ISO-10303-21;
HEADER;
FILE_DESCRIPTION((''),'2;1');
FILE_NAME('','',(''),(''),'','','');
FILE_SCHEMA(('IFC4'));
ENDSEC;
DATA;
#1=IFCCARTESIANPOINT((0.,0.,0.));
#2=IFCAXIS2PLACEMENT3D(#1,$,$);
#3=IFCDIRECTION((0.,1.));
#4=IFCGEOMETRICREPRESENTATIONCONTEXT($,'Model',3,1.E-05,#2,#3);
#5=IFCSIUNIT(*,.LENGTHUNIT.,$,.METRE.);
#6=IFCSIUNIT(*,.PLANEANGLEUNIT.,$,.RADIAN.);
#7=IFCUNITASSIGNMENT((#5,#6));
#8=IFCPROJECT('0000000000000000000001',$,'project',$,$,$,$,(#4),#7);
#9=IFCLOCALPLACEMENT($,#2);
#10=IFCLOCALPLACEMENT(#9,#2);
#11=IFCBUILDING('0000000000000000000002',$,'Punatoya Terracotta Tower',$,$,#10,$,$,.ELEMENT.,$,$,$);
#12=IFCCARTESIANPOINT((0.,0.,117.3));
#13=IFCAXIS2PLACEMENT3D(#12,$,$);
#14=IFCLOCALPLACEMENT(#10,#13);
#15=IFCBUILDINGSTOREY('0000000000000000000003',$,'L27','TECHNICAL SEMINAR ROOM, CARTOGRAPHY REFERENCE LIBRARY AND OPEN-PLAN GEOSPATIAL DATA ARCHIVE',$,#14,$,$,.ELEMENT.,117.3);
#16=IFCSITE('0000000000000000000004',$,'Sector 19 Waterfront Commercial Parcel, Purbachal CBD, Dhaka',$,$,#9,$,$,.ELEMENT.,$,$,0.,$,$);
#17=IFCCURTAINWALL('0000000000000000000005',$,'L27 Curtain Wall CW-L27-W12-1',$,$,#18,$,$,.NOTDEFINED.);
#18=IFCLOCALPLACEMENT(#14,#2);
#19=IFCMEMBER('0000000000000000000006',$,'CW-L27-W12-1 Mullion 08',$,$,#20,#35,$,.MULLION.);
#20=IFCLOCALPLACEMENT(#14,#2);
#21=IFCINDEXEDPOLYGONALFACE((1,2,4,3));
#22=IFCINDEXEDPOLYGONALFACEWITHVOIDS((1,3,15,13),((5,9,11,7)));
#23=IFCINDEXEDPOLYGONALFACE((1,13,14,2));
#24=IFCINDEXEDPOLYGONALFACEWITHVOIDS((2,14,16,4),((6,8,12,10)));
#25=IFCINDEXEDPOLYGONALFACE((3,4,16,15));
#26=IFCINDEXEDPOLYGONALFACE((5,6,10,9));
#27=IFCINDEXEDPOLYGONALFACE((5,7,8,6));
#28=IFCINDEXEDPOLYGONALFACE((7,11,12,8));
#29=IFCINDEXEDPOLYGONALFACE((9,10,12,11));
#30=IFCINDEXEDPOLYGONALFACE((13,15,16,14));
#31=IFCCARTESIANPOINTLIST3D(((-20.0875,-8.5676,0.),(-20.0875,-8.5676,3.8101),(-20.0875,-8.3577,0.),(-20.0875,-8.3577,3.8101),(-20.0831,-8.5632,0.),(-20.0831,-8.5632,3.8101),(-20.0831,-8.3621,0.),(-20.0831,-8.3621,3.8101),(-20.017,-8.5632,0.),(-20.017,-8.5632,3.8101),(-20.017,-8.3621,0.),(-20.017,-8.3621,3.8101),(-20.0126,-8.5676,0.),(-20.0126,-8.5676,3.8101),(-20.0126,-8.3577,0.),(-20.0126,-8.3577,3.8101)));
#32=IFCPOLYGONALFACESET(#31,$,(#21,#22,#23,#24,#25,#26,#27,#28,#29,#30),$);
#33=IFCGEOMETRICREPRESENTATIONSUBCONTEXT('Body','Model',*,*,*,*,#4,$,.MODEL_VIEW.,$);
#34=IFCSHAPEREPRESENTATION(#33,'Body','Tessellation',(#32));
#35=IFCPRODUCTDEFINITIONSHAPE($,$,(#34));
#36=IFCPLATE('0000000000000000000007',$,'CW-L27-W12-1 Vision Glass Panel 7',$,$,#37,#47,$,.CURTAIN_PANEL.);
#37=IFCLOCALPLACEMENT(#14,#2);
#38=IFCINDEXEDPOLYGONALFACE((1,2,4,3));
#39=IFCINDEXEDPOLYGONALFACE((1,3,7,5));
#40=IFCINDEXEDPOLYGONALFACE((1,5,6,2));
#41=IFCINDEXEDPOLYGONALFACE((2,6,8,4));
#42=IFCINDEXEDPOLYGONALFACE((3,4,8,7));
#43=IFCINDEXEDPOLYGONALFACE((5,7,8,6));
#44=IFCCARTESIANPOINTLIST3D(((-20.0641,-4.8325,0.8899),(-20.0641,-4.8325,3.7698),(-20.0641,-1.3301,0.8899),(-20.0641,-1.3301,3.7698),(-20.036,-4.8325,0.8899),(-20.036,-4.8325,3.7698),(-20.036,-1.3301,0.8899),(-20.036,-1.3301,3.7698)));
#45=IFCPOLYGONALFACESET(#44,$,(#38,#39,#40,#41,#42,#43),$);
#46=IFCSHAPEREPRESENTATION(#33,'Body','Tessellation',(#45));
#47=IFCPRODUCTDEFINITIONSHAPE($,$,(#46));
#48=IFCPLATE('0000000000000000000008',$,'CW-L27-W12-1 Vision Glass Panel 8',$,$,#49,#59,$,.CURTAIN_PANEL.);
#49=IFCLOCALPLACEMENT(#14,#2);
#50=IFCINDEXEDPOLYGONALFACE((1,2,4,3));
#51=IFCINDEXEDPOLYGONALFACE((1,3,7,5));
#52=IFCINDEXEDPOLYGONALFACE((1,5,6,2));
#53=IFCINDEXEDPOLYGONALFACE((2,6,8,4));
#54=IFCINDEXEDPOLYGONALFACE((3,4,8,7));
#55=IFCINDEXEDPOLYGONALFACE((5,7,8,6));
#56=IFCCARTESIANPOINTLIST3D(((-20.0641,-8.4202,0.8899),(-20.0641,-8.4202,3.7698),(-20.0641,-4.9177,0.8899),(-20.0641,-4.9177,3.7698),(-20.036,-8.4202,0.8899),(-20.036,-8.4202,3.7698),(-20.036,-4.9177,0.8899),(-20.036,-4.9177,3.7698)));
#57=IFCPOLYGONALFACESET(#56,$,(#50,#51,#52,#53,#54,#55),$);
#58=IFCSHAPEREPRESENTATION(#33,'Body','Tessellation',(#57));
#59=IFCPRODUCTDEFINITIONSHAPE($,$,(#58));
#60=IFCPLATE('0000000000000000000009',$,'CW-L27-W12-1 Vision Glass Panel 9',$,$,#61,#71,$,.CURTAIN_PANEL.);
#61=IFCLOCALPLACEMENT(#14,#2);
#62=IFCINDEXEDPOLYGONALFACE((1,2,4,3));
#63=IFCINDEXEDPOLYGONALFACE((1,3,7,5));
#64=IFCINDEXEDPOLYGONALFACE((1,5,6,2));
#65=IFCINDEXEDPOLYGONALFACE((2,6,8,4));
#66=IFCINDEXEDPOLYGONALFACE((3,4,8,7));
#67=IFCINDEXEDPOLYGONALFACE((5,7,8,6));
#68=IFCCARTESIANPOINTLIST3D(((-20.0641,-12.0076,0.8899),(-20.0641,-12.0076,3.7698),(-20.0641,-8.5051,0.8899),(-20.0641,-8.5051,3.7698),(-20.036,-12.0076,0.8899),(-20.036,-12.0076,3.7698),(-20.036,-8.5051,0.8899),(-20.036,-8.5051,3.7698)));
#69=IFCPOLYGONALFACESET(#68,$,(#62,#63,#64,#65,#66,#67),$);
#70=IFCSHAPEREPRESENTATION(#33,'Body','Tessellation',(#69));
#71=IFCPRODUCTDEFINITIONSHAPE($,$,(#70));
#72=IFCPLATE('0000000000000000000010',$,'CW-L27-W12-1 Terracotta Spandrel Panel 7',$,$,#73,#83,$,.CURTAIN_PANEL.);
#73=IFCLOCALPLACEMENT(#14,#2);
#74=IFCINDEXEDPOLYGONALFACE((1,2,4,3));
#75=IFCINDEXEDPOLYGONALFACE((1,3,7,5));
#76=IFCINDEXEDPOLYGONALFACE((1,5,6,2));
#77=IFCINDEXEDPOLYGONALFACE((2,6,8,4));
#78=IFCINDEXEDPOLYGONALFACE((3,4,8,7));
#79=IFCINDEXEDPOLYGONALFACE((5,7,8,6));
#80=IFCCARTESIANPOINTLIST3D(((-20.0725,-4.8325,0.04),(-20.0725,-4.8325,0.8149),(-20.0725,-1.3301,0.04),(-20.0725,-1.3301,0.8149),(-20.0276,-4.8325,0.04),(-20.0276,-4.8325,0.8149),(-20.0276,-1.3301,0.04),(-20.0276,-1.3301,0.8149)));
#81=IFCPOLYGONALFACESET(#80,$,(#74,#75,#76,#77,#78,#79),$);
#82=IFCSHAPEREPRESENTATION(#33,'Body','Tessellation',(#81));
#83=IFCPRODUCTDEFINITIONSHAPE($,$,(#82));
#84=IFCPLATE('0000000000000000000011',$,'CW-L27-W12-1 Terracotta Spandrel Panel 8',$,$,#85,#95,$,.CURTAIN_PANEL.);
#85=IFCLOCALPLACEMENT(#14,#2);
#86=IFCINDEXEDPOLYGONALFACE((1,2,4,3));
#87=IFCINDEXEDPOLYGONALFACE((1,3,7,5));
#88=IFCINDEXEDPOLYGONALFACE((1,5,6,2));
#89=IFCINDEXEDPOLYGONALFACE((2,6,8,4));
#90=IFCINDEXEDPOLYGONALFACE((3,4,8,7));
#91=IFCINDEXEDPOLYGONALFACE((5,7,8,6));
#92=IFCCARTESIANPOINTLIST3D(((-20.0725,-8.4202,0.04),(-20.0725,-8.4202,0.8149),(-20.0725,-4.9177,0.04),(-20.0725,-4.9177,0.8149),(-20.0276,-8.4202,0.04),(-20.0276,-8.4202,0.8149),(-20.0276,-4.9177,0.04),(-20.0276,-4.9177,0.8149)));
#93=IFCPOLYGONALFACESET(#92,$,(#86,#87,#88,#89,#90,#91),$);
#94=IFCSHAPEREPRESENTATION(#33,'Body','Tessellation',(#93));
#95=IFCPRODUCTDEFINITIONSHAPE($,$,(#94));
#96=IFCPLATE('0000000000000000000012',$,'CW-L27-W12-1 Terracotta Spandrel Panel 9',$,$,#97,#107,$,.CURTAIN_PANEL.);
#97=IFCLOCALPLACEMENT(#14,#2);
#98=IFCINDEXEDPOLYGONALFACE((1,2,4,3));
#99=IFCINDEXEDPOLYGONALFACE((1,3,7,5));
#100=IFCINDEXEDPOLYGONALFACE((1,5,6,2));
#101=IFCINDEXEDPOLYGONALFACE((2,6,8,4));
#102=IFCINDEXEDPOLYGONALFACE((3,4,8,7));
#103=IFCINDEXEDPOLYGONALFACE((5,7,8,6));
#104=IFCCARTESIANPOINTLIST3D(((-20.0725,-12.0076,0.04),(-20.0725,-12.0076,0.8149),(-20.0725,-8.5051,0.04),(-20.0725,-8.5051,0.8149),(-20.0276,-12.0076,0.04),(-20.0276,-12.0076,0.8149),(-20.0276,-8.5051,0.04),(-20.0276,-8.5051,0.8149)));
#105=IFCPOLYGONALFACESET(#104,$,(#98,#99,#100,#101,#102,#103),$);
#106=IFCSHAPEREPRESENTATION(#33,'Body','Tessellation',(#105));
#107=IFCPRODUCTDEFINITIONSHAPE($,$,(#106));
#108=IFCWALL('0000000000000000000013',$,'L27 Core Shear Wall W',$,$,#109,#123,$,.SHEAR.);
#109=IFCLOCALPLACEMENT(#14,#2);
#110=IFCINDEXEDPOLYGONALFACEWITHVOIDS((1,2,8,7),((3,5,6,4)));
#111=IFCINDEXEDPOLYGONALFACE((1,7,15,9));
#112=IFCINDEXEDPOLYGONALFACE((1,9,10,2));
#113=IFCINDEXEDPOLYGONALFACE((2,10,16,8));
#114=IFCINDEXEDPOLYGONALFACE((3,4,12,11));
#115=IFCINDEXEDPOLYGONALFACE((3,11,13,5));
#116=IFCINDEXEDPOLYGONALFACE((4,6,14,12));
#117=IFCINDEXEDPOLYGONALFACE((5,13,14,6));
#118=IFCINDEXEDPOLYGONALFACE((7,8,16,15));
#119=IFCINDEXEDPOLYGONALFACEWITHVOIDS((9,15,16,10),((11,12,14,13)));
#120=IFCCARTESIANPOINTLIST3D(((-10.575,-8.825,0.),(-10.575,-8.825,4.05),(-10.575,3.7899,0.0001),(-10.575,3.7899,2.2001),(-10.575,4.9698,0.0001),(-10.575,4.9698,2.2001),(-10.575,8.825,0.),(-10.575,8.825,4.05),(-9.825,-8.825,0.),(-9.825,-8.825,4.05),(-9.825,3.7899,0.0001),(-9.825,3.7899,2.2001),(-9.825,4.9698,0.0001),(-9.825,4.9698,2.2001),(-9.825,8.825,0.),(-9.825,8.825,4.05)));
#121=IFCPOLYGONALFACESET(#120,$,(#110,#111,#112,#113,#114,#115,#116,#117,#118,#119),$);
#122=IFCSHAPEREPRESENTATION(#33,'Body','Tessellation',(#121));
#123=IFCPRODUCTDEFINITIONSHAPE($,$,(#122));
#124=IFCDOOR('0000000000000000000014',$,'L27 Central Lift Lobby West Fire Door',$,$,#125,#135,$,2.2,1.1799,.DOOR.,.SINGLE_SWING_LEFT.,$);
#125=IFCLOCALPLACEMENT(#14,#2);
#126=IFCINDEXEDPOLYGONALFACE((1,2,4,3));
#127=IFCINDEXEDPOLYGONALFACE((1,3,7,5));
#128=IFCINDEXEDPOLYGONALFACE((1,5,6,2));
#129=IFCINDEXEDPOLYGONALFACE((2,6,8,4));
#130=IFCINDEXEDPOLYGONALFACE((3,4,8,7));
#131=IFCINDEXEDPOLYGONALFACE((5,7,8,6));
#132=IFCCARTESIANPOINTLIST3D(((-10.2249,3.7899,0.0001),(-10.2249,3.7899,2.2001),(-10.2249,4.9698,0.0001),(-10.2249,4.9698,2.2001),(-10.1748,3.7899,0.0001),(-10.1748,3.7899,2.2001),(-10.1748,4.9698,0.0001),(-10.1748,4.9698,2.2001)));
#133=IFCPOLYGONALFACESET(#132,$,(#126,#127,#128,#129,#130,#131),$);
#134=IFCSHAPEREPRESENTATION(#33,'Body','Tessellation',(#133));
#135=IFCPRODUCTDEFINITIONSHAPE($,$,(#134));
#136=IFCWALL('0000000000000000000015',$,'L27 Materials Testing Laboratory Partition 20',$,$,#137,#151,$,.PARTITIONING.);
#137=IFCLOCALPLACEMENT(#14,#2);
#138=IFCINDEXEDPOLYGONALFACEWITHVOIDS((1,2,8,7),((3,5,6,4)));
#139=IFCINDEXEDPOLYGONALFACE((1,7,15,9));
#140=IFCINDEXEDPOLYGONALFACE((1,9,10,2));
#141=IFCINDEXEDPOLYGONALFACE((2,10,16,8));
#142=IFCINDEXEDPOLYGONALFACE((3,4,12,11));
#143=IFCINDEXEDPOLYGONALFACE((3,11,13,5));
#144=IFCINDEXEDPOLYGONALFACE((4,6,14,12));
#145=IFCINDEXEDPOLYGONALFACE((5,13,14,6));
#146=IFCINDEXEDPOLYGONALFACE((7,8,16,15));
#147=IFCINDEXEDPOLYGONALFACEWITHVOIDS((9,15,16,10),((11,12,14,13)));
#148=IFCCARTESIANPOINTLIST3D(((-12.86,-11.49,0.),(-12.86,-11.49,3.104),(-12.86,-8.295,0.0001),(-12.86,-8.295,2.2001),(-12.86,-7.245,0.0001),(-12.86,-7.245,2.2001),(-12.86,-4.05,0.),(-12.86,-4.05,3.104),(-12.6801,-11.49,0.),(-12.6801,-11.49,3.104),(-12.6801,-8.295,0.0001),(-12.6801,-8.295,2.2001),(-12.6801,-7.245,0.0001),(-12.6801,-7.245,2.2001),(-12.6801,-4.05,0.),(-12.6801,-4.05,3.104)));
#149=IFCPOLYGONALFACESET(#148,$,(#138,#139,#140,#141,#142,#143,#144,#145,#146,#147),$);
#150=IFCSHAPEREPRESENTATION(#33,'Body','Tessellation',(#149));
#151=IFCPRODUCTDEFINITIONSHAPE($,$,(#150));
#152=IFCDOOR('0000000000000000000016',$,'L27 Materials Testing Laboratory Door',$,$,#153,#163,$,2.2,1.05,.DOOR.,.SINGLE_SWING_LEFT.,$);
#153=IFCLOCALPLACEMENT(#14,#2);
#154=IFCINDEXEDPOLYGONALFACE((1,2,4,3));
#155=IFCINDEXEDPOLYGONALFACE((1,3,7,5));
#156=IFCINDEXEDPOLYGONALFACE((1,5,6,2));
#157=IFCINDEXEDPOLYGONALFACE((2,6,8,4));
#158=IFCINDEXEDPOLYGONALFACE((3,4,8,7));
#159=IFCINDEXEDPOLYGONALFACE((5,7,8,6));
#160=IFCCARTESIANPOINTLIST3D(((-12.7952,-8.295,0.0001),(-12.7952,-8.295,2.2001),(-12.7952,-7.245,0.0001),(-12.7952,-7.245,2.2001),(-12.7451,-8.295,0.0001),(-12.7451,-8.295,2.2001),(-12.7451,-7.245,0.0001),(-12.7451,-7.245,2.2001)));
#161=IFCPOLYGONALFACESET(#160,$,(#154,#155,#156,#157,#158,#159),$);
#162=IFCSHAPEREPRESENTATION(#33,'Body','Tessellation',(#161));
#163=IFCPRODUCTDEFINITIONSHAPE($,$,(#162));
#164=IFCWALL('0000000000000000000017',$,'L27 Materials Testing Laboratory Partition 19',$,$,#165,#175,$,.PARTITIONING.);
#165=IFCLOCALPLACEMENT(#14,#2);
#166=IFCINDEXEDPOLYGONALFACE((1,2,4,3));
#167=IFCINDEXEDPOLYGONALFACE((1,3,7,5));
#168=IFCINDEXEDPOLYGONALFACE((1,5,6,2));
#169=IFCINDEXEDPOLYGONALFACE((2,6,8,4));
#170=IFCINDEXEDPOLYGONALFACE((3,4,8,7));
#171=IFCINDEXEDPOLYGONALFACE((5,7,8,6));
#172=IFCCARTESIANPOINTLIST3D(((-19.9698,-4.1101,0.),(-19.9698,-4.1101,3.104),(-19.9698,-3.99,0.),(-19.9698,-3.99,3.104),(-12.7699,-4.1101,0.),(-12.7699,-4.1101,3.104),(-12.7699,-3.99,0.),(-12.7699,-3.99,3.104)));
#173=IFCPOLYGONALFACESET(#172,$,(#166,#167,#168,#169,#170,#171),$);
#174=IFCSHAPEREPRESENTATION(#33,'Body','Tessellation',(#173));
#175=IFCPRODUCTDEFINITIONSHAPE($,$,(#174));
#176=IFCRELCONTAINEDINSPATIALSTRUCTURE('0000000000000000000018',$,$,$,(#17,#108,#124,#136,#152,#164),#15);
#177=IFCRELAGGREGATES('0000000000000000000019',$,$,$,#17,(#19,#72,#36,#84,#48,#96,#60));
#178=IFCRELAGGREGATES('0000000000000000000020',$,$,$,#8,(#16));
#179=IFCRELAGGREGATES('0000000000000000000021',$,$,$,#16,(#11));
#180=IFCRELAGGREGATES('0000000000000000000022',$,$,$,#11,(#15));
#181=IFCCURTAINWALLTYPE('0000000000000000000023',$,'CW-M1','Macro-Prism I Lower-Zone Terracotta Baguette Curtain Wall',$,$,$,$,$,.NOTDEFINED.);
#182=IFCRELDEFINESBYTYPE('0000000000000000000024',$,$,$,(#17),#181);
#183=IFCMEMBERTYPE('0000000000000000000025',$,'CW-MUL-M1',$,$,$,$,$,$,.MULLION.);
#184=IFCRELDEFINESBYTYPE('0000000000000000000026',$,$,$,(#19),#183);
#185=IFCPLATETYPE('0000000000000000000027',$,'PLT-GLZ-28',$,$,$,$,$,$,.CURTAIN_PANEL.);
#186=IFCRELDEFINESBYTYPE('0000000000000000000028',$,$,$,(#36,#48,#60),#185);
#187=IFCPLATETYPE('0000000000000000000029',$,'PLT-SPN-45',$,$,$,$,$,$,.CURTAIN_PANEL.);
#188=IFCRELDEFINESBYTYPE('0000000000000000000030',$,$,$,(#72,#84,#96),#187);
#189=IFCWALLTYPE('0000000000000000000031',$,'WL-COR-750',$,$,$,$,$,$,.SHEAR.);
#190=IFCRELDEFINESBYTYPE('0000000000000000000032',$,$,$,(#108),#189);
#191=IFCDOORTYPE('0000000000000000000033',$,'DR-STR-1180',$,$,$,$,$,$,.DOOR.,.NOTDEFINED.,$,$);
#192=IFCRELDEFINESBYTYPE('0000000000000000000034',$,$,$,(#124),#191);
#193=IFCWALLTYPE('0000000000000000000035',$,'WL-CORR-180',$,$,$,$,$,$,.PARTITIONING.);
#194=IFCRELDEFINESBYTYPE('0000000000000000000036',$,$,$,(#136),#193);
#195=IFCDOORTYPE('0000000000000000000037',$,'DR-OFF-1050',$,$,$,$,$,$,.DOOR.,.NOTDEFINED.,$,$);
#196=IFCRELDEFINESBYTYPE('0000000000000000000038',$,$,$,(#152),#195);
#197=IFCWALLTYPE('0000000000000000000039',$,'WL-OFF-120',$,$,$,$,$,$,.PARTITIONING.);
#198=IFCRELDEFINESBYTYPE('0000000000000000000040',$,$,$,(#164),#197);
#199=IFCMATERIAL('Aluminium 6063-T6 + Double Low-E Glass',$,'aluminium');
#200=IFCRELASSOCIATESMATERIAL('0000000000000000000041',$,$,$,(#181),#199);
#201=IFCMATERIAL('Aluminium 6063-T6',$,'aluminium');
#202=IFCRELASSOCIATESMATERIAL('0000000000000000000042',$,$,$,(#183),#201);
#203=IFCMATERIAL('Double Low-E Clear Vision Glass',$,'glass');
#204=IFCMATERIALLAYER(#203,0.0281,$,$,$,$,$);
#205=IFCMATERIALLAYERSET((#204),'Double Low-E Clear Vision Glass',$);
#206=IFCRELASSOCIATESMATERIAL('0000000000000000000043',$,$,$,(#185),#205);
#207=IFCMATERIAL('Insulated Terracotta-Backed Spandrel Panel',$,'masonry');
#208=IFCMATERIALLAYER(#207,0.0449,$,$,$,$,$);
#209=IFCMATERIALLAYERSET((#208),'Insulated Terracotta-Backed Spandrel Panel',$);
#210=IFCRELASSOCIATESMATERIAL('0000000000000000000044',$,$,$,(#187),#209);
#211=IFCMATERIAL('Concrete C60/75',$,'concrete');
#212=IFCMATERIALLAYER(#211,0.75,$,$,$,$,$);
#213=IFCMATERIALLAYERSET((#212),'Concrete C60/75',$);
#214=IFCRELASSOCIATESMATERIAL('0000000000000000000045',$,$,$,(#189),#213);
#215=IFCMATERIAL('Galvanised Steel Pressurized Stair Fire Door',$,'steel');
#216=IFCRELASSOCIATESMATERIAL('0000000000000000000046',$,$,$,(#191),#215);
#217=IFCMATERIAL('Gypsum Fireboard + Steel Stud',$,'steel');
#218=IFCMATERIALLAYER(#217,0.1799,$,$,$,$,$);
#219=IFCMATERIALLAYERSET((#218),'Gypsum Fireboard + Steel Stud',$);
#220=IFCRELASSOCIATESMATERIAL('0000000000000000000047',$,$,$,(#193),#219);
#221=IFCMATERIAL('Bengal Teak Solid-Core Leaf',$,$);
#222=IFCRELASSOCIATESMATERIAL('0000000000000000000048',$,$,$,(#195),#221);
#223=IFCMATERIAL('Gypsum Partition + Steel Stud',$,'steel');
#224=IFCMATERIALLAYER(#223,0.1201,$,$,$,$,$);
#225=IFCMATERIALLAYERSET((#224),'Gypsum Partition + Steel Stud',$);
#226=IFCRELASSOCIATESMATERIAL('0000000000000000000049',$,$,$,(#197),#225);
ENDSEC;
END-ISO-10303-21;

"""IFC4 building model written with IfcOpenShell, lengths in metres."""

from ifc_helpers import new_model, si_unit, direction, frame, frame_2d, origin, origin_2d, place, context, subcontext, project, spatial, rectangle, hollow_rectangle, extrude, material, layer, layer_set, material_profile, profile_set, type_object, element, fill, aggregate, save


model = new_model("IFC4")

# Units and contexts
model_context = context("Model", 3, precision=1e-05, world=origin(), true_north=direction((0.0, 1.0)))
body_context = subcontext(model_context, "Body", "Model", "MODEL_VIEW")
ifc_project = project(units=[si_unit("LENGTHUNIT", "METRE"), si_unit("PLANEANGLEUNIT", "RADIAN")], contexts=[model_context])

# Site, building, storey
site_placement = place(None, origin())
site = spatial("IfcSite", under=ifc_project, at=site_placement, Name="Sector 19 Waterfront Commercial Parcel, Purbachal CBD, Dhaka", CompositionType="ELEMENT", RefElevation=0.0)
building_placement = place(site_placement, origin())
building = spatial("IfcBuilding", under=site, at=building_placement, Name="Punatoya Terracotta Tower", CompositionType="ELEMENT")
storey_placement = place(building_placement, frame((0.0, 0.0, 117.3)))
storey = spatial("IfcBuildingStorey", under=building, at=storey_placement, Name="L27", Description="TECHNICAL SEMINAR ROOM, CARTOGRAPHY REFERENCE LIBRARY AND OPEN-PLAN GEOSPATIAL DATA ARCHIVE", CompositionType="ELEMENT", Elevation=117.3)

# Curtain wall, member, plates
ifc_material_1 = material(Name="Aluminium 6063-T6 + Double Low-E Glass", Category="aluminium")
curtain_wall_type = type_object("IfcCurtainWallType", Name="CW-M1", Description="Macro-Prism I Lower-Zone Terracotta Baguette Curtain Wall", PredefinedType="NOTDEFINED", material=ifc_material_1)
curtain_wall_placement = place(storey_placement, origin())
curtain_wall = element("IfcCurtainWall", 1, at=curtain_wall_placement, inside=storey, type_object=curtain_wall_type, Name="L27 Curtain Wall CW-L27-W12-1", PredefinedType="NOTDEFINED")
ifc_material_2 = material(Name="Aluminium 6063-T6", Category="aluminium")
ifc_material_profile_1 = material_profile(ifc_material_2, hollow_rectangle(XDim=0.075, YDim=0.21, WallThickness=0.0044, at=origin_2d()))
ifc_profile_set_1 = profile_set([ifc_material_profile_1], Name="Aluminium 6063-T6")
member_type = type_object("IfcMemberType", Name="CW-MUL-M1", PredefinedType="MULLION", material=ifc_profile_set_1)
member_1_placement = place(storey_placement, frame((-20.05, -8.4626, 0.0), z_axis=(0.0, 0.0, 1.0), x_axis=(1.0, 0.0, 0.0)))
member_1 = element("IfcMember", 2, at=member_1_placement, type_object=member_type, Name="CW-L27-W12-1 Mullion 08", PredefinedType="MULLION", context=body_context, shape_type="SweptSolid", body=[
    extrude(hollow_rectangle(XDim=0.075, YDim=0.21, WallThickness=0.0044, at=origin_2d()), origin(), (0.0, 0.0, 1.0), 3.8101),
])
ifc_material_3 = material(Name="Double Low-E Clear Vision Glass", Category="glass")
ifc_layer_1 = layer(ifc_material_3, 0.0281)
ifc_layer_set_1 = layer_set([ifc_layer_1], Name="Double Low-E Clear Vision Glass")
plate_type_1 = type_object("IfcPlateType", Name="PLT-GLZ-28", PredefinedType="CURTAIN_PANEL", material=ifc_layer_set_1)
plate_1_placement = place(storey_placement, frame((-20.05, -3.0813, 0.8899), z_axis=(0.0, 0.0, 1.0), x_axis=(0.0, -1.0, 0.0)))
plate_1 = element("IfcPlate", 3, at=plate_1_placement, type_object=plate_type_1, Name="CW-L27-W12-1 Vision Glass Panel 7", PredefinedType="CURTAIN_PANEL", context=body_context, shape_type="SweptSolid", body=[
    extrude(rectangle(XDim=3.5024, YDim=0.0281, at=origin_2d()), origin(), (0.0, 0.0, 1.0), 2.8799),
])
plate_2_placement = place(storey_placement, frame((-20.05, -6.6689, 0.8899), z_axis=(0.0, 0.0, 1.0), x_axis=(0.0, -1.0, 0.0)))
plate_2 = element("IfcPlate", 4, at=plate_2_placement, type_object=plate_type_1, Name="CW-L27-W12-1 Vision Glass Panel 8", PredefinedType="CURTAIN_PANEL", context=body_context, shape_type="SweptSolid", body=[
    extrude(rectangle(XDim=3.5024, YDim=0.0281, at=origin_2d()), origin(), (0.0, 0.0, 1.0), 2.8799),
])
plate_3_placement = place(storey_placement, frame((-20.05, -10.2563, 0.8899), z_axis=(0.0, 0.0, 1.0), x_axis=(0.0, -1.0, 0.0)))
plate_3 = element("IfcPlate", 5, at=plate_3_placement, type_object=plate_type_1, Name="CW-L27-W12-1 Vision Glass Panel 9", PredefinedType="CURTAIN_PANEL", context=body_context, shape_type="SweptSolid", body=[
    extrude(rectangle(XDim=3.5024, YDim=0.0281, at=origin_2d()), origin(), (0.0, 0.0, 1.0), 2.8799),
])
ifc_material_4 = material(Name="Insulated Terracotta-Backed Spandrel Panel", Category="masonry")
ifc_layer_2 = layer(ifc_material_4, 0.0449)
ifc_layer_set_2 = layer_set([ifc_layer_2], Name="Insulated Terracotta-Backed Spandrel Panel")
plate_type_2 = type_object("IfcPlateType", Name="PLT-SPN-45", PredefinedType="CURTAIN_PANEL", material=ifc_layer_set_2)
plate_4_placement = place(storey_placement, frame((-20.05, -3.0813, 0.04), z_axis=(0.0, 0.0, 1.0), x_axis=(0.0, -1.0, 0.0)))
plate_4 = element("IfcPlate", 6, at=plate_4_placement, type_object=plate_type_2, Name="CW-L27-W12-1 Terracotta Spandrel Panel 7", PredefinedType="CURTAIN_PANEL", context=body_context, shape_type="SweptSolid", body=[
    extrude(rectangle(XDim=3.5024, YDim=0.0449, at=origin_2d()), origin(), (0.0, 0.0, 1.0), 0.7749),
])
plate_5_placement = place(storey_placement, frame((-20.05, -6.6689, 0.04), z_axis=(0.0, 0.0, 1.0), x_axis=(0.0, -1.0, 0.0)))
plate_5 = element("IfcPlate", 7, at=plate_5_placement, type_object=plate_type_2, Name="CW-L27-W12-1 Terracotta Spandrel Panel 8", PredefinedType="CURTAIN_PANEL", context=body_context, shape_type="SweptSolid", body=[
    extrude(rectangle(XDim=3.5024, YDim=0.0449, at=origin_2d()), origin(), (0.0, 0.0, 1.0), 0.7749),
])
plate_6_placement = place(storey_placement, frame((-20.05, -10.2563, 0.04), z_axis=(0.0, 0.0, 1.0), x_axis=(0.0, -1.0, 0.0)))
plate_6 = element("IfcPlate", 8, at=plate_6_placement, type_object=plate_type_2, Name="CW-L27-W12-1 Terracotta Spandrel Panel 9", PredefinedType="CURTAIN_PANEL", context=body_context, shape_type="SweptSolid", body=[
    extrude(rectangle(XDim=3.5024, YDim=0.0449, at=origin_2d()), origin(), (0.0, 0.0, 1.0), 0.7749),
])
aggregate(curtain_wall, [member_1, plate_4, plate_1, plate_5, plate_2, plate_6, plate_3])

# Walls, openings, doors
ifc_material_5 = material(Name="Concrete C60/75", Category="concrete")
ifc_layer_3 = layer(ifc_material_5, 0.75)
ifc_layer_set_3 = layer_set([ifc_layer_3], Name="Concrete C60/75")
wall_type_1 = type_object("IfcWallType", Name="WL-COR-750", PredefinedType="SHEAR", material=ifc_layer_set_3)
wall_1_placement = place(storey_placement, frame((-10.2, -8.825, 0.0), z_axis=(0.0, 0.0, 1.0), x_axis=(0.0, 1.0, 0.0)))
wall_1 = element("IfcWall", 9, at=wall_1_placement, inside=storey, type_object=wall_type_1, Name="L27 Core Shear Wall W", PredefinedType="SHEAR", context=body_context, shape_type="SweptSolid", body=[
    extrude(rectangle(XDim=17.6499, YDim=0.75, at=frame_2d((8.825, 0.0))), origin(), (0.0, 0.0, 1.0), 4.05),
])
opening_1_placement = place(wall_1_placement, frame((12.615, 0.0, 0.0)))
opening_1 = element("IfcOpeningElement", 10, at=opening_1_placement, cuts=wall_1, PredefinedType="OPENING", context=body_context, shape_type="SweptSolid", body=[
    extrude(rectangle(XDim=1.1799, YDim=2.2, at=frame_2d((0.5898, 1.1001))), frame((0.0, 0.385, 0.0), z_axis=(0.0, -1.0, 0.0), x_axis=(1.0, 0.0, 0.0)), (0.0, 0.0, 1.0), 0.77),
])
ifc_material_6 = material(Name="Galvanised Steel Pressurized Stair Fire Door", Category="steel")
door_type_1 = type_object("IfcDoorType", Name="DR-STR-1180", OperationType="NOTDEFINED", PredefinedType="DOOR", material=ifc_material_6)
door_1_placement = place(opening_1_placement, origin())
door_1 = element("IfcDoor", 11, at=door_1_placement, inside=storey, type_object=door_type_1, Name="L27 Central Lift Lobby West Fire Door", OperationType="SINGLE_SWING_LEFT", OverallHeight=2.2, OverallWidth=1.1799, PredefinedType="DOOR", context=body_context, shape_type="SweptSolid", body=[
    extrude(rectangle(XDim=1.1799, YDim=2.2, at=frame_2d((0.5898, 1.1001))), frame((0.0, 0.0249, 0.0), z_axis=(0.0, -1.0, 0.0), x_axis=(1.0, 0.0, 0.0)), (0.0, 0.0, 1.0), 0.05),
])
fill(opening_1, door_1)
ifc_material_7 = material(Name="Gypsum Fireboard + Steel Stud", Category="steel")
ifc_layer_4 = layer(ifc_material_7, 0.1799)
ifc_layer_set_4 = layer_set([ifc_layer_4], Name="Gypsum Fireboard + Steel Stud")
wall_type_2 = type_object("IfcWallType", Name="WL-CORR-180", PredefinedType="PARTITIONING", material=ifc_layer_set_4)
wall_2_placement = place(storey_placement, frame((-12.77, -4.05, 0.0), z_axis=(0.0, 0.0, 1.0), x_axis=(0.0, -1.0, 0.0)))
wall_2 = element("IfcWall", 12, at=wall_2_placement, inside=storey, type_object=wall_type_2, Name="L27 Materials Testing Laboratory Partition 20", PredefinedType="PARTITIONING", context=body_context, shape_type="SweptSolid", body=[
    extrude(rectangle(XDim=7.4399, YDim=0.1799, at=frame_2d((3.72, 0.0))), origin(), (0.0, 0.0, 1.0), 3.104),
])
opening_2_placement = place(wall_2_placement, frame((3.1951, 0.0, 0.0)))
opening_2 = element("IfcOpeningElement", 13, at=opening_2_placement, cuts=wall_2, PredefinedType="OPENING", context=body_context, shape_type="SweptSolid", body=[
    extrude(rectangle(XDim=1.05, YDim=2.2, at=frame_2d((0.5249, 1.1001))), frame((0.0, 0.0999, 0.0), z_axis=(0.0, -1.0, 0.0), x_axis=(1.0, 0.0, 0.0)), (0.0, 0.0, 1.0), 0.2),
])
ifc_material_8 = material(Name="Bengal Teak Solid-Core Leaf")
door_type_2 = type_object("IfcDoorType", Name="DR-OFF-1050", OperationType="NOTDEFINED", PredefinedType="DOOR", material=ifc_material_8)
door_2_placement = place(opening_2_placement, origin())
door_2 = element("IfcDoor", 14, at=door_2_placement, inside=storey, type_object=door_type_2, Name="L27 Materials Testing Laboratory Door", OperationType="SINGLE_SWING_LEFT", OverallHeight=2.2, OverallWidth=1.05, PredefinedType="DOOR", context=body_context, shape_type="SweptSolid", body=[
    extrude(rectangle(XDim=1.05, YDim=2.2, at=frame_2d((0.5249, 1.1001))), frame((0.0, 0.0249, 0.0), z_axis=(0.0, -1.0, 0.0), x_axis=(1.0, 0.0, 0.0)), (0.0, 0.0, 1.0), 0.05),
])
fill(opening_2, door_2)

# Wall
ifc_material_9 = material(Name="Gypsum Partition + Steel Stud", Category="steel")
ifc_layer_5 = layer(ifc_material_9, 0.1201)
ifc_layer_set_5 = layer_set([ifc_layer_5], Name="Gypsum Partition + Steel Stud")
wall_type_3 = type_object("IfcWallType", Name="WL-OFF-120", PredefinedType="PARTITIONING", material=ifc_layer_set_5)
for number, where, z_axis, x_axis, name in (
    (15, (-19.97, -4.05, 0.0), (0.0, 0.0, 1.0), (1.0, 0.0, 0.0), "L27 Materials Testing Laboratory Partition 19"),
):
    element("IfcWall", number, at=place(storey_placement, frame(where, z_axis=z_axis, x_axis=x_axis)), inside=storey, type_object=wall_type_3, Name=name, PredefinedType="PARTITIONING", context=body_context, shape_type="SweptSolid", body=[
        extrude(rectangle(XDim=7.2, YDim=0.1201, at=frame_2d((3.6001, 0.0))), origin(), (0.0, 0.0, 1.0), 3.104),
    ])

save(model, "model.ifc")
